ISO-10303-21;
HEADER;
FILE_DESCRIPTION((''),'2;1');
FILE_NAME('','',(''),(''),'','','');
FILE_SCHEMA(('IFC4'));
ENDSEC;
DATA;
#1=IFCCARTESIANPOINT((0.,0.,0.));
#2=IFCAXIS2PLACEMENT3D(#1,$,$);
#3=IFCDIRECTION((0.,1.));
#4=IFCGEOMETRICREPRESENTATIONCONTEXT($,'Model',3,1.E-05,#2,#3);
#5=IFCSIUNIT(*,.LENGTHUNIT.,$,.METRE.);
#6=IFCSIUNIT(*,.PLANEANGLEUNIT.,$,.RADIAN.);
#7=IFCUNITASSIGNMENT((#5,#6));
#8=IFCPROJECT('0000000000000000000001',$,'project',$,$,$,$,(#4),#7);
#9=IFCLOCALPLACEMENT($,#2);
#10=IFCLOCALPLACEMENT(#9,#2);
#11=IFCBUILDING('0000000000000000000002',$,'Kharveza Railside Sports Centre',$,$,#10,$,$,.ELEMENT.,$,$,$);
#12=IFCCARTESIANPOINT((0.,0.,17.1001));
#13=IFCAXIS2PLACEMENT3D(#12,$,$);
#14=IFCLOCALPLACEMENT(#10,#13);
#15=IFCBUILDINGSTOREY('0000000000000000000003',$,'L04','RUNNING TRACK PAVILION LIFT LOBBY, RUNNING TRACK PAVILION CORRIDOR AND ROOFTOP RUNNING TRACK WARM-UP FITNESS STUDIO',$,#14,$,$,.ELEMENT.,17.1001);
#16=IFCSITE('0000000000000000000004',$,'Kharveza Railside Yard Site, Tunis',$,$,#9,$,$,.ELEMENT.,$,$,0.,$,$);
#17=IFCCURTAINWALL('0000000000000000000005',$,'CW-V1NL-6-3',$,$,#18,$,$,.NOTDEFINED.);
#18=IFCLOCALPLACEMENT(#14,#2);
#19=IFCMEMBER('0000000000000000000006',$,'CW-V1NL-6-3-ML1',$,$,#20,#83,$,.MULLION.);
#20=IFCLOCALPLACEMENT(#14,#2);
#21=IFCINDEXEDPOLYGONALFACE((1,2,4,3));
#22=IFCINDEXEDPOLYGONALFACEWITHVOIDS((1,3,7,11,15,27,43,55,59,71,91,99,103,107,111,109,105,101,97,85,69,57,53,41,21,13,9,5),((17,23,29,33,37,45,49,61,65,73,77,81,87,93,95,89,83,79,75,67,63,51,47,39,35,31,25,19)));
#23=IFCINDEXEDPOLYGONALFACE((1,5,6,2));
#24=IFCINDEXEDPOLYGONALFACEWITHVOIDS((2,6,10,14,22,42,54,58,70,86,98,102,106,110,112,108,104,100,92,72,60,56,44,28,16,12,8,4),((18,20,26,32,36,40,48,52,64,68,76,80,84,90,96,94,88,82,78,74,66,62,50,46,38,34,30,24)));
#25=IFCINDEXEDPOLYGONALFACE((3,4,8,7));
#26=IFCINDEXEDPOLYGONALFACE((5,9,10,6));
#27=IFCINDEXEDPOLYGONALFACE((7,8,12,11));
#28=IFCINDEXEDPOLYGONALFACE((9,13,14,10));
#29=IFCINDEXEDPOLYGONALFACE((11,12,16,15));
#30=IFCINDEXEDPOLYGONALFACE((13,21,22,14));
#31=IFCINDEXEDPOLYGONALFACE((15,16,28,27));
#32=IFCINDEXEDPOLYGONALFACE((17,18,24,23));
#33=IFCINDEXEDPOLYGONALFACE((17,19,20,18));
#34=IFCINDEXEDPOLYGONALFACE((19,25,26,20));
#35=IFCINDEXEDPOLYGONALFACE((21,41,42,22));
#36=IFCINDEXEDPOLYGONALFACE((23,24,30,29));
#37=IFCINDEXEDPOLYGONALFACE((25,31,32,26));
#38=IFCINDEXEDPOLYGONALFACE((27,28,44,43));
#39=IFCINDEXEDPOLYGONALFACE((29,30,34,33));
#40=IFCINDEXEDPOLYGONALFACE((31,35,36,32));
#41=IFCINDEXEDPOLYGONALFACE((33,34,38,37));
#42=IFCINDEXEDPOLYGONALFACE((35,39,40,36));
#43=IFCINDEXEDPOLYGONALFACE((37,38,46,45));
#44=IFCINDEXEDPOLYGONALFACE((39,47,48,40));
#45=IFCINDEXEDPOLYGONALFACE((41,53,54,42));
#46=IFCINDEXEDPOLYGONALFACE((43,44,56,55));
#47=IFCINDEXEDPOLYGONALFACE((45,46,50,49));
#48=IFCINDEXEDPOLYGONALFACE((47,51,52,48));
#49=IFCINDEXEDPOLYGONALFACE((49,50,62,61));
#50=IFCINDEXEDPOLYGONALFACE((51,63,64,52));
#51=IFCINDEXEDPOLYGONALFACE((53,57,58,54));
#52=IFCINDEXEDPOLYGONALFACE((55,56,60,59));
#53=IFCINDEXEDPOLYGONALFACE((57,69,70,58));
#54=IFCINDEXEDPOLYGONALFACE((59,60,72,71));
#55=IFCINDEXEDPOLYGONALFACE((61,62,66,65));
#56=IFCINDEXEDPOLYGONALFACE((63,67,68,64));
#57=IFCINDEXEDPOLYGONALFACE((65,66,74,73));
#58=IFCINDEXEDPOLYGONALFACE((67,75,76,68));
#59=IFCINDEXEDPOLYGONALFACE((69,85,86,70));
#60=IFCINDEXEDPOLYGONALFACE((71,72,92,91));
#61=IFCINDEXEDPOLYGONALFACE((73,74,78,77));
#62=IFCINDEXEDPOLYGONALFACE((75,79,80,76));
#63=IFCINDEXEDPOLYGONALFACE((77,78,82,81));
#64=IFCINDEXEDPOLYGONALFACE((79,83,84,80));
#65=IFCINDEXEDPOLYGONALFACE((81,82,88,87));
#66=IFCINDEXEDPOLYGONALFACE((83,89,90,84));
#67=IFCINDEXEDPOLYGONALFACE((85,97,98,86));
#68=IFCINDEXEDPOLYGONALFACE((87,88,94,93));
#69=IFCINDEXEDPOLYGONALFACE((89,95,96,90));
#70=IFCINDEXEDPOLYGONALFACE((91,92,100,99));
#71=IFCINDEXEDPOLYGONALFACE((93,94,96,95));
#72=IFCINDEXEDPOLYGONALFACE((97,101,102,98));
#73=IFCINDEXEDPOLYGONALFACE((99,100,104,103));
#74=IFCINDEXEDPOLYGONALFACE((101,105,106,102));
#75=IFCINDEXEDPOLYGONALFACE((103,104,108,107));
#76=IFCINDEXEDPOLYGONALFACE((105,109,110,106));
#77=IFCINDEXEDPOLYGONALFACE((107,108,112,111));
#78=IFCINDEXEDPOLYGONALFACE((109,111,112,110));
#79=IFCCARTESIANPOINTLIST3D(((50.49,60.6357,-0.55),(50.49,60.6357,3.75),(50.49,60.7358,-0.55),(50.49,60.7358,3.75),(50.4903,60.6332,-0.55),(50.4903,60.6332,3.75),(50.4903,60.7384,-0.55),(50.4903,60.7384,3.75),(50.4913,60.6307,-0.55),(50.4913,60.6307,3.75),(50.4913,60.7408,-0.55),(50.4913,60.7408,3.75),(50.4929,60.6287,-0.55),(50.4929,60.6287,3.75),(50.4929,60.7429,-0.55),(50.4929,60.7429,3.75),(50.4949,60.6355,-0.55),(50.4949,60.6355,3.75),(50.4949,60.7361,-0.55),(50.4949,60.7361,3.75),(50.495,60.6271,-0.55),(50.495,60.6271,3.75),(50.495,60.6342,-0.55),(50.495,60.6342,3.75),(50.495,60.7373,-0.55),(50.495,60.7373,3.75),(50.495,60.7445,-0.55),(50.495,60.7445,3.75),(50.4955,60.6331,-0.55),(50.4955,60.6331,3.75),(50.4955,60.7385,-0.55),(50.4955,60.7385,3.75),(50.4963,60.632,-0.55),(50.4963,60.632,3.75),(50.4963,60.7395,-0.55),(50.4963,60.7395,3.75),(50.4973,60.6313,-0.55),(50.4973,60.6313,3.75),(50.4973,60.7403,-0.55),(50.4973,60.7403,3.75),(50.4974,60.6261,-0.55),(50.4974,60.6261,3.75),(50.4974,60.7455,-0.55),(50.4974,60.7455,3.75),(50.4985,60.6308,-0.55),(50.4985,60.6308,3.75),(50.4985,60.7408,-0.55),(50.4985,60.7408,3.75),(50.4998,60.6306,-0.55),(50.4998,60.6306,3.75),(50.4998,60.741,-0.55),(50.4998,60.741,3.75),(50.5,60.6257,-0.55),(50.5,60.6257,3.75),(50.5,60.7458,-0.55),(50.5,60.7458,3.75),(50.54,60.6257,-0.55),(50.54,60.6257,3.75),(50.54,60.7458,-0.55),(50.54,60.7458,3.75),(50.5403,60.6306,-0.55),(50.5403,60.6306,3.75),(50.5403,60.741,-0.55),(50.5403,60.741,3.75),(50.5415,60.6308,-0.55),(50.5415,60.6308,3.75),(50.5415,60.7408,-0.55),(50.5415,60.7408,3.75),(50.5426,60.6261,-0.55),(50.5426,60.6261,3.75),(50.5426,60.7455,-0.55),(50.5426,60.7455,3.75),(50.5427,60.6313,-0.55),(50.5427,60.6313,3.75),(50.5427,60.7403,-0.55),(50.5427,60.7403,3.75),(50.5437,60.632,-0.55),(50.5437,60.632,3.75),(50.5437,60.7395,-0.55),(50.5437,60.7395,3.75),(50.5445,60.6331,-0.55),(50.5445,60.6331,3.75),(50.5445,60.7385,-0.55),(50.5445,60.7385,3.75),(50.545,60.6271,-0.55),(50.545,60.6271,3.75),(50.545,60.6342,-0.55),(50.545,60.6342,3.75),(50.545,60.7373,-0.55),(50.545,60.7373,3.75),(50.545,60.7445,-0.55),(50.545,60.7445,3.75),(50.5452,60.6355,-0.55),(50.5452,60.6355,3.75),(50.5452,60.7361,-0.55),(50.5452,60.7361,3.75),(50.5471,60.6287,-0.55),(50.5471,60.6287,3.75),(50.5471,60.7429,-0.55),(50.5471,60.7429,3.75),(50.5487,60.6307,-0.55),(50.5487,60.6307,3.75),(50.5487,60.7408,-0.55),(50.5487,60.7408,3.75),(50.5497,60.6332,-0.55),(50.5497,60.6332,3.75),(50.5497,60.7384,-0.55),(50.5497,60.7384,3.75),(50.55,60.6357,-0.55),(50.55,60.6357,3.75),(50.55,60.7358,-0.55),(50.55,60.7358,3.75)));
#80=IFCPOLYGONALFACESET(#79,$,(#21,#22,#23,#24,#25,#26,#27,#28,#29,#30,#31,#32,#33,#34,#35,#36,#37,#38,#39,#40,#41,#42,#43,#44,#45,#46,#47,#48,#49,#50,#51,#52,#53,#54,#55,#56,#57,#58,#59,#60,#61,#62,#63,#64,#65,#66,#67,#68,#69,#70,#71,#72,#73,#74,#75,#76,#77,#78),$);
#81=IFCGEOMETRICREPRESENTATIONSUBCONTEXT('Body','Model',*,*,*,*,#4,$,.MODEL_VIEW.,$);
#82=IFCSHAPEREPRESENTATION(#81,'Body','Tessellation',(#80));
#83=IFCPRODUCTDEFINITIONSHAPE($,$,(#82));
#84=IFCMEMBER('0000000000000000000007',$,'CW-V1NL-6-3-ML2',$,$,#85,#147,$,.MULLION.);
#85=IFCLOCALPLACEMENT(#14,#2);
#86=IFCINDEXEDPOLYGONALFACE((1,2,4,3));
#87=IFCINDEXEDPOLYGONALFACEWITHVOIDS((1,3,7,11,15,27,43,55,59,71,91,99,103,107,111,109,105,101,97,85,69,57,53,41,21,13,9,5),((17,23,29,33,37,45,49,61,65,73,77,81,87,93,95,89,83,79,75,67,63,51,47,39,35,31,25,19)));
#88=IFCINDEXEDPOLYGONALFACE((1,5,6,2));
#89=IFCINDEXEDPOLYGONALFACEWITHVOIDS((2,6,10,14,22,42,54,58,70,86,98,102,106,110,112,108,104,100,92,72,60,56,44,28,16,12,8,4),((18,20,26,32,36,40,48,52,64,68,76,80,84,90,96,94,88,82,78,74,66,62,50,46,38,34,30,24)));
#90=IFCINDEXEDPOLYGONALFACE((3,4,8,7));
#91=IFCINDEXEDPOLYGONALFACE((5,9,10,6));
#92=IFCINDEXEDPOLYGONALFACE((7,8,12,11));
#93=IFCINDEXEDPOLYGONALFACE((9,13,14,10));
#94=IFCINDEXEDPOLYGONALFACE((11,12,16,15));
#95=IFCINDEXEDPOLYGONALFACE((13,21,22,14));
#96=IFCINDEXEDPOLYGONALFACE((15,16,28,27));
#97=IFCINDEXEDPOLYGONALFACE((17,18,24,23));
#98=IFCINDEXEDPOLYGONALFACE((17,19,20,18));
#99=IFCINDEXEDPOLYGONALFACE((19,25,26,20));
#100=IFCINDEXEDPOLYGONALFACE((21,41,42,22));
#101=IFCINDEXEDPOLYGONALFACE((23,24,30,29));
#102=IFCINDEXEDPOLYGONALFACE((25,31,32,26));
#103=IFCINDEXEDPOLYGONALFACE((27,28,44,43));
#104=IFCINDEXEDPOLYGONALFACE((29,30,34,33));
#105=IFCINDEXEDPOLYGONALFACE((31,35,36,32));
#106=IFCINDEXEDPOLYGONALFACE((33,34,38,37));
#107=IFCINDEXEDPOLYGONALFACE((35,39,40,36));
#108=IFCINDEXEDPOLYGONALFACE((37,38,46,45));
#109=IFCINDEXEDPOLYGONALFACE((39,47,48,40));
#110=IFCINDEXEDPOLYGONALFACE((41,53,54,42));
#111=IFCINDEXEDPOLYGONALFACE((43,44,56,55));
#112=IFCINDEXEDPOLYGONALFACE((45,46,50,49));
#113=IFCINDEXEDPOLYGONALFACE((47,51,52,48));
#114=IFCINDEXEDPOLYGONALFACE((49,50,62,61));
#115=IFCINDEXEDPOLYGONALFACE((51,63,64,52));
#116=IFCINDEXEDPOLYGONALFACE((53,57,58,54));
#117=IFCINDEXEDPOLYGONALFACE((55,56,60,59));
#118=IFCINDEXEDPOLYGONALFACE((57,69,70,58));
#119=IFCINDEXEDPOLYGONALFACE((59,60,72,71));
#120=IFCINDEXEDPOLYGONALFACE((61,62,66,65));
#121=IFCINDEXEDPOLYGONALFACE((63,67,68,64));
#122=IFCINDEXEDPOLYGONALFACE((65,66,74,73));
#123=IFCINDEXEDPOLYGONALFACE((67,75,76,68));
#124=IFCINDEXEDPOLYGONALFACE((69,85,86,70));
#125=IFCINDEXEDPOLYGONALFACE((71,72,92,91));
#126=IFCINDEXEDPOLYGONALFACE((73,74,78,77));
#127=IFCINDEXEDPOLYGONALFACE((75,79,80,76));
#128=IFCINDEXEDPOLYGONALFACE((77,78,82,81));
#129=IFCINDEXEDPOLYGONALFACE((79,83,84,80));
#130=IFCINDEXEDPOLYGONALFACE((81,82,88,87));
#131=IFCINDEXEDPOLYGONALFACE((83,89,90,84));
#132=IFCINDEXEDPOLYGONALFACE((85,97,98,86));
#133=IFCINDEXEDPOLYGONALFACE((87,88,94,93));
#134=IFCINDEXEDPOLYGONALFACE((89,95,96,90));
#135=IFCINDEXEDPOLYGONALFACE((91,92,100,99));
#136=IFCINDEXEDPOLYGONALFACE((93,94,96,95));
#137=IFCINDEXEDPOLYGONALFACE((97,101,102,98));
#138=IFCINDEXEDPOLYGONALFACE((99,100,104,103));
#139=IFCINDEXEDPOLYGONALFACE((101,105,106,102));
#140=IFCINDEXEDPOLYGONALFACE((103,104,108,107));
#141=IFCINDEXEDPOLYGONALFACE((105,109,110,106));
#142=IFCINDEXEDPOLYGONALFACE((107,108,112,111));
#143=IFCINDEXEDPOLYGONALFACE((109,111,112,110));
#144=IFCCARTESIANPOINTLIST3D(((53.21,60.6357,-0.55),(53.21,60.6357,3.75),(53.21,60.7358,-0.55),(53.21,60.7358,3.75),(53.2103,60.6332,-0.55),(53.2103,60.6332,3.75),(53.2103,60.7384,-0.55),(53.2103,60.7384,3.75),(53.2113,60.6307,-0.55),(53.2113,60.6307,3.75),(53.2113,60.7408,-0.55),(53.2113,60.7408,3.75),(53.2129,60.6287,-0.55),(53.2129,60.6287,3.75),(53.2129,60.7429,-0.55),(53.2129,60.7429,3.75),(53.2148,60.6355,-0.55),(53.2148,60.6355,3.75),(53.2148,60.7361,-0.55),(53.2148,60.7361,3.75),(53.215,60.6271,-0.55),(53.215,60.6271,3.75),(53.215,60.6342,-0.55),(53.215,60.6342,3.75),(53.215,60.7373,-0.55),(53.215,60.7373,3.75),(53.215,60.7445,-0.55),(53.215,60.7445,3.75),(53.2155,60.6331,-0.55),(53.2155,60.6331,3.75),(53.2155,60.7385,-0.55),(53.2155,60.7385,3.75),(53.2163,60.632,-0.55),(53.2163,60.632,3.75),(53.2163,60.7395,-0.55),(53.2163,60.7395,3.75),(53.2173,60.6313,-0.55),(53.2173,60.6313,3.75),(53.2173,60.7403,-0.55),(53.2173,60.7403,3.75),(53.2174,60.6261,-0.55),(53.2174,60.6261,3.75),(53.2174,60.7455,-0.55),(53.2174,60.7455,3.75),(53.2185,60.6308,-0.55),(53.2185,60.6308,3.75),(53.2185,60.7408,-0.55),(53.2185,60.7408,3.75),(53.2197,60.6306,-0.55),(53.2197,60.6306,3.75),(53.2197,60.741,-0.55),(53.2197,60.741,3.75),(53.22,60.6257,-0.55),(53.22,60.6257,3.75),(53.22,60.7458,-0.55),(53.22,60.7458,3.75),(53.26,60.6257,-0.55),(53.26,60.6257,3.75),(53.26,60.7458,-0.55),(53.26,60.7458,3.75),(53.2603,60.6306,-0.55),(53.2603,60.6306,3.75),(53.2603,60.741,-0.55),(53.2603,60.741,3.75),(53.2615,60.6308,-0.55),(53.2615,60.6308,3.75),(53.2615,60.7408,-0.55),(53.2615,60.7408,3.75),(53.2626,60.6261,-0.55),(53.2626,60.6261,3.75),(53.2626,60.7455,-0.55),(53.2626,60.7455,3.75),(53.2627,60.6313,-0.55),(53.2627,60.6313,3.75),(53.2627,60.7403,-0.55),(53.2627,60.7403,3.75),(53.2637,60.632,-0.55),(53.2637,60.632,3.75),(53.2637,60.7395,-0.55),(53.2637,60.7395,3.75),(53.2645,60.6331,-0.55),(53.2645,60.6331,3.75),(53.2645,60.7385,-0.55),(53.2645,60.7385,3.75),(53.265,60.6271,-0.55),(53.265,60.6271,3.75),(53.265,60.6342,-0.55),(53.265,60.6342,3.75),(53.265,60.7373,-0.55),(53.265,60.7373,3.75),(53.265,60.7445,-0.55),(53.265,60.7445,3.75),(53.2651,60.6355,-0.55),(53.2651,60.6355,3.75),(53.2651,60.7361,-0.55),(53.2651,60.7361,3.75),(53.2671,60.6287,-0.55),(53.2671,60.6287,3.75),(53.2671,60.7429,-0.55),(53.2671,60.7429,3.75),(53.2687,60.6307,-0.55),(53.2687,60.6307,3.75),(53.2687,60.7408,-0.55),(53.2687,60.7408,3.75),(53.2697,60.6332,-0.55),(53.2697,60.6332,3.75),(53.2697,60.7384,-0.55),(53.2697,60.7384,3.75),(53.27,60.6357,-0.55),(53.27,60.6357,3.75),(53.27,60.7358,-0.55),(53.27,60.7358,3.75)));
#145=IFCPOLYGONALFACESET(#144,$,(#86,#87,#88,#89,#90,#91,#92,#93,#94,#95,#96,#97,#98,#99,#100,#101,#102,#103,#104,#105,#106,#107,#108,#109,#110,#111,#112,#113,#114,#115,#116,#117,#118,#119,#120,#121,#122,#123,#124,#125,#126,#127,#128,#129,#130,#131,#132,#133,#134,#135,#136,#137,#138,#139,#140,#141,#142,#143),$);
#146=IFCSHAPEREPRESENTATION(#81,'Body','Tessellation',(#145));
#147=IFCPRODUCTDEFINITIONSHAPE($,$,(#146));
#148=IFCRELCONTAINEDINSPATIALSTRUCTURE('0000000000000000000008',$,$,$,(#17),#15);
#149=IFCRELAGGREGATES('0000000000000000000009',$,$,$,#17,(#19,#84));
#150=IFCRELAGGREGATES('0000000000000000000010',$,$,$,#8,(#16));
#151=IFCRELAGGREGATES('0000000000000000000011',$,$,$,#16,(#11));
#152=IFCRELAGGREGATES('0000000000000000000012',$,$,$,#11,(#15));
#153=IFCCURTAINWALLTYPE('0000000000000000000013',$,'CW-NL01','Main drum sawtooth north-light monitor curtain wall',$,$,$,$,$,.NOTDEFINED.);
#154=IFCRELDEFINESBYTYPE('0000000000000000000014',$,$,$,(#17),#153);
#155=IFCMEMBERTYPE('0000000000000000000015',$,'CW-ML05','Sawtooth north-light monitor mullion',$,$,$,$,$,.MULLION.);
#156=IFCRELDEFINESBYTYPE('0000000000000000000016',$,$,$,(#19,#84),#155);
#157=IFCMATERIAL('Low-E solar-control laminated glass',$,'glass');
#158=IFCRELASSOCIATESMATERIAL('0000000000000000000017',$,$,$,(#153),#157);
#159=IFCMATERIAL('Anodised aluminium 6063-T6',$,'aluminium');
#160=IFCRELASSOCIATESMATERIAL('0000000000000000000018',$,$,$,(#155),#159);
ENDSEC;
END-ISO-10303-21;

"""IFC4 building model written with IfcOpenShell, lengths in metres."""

from ifc_helpers import new_model, si_unit, direction, frame, origin, origin_2d, place, context, subcontext, project, spatial, hollow_rectangle, extrude, material, material_profile, profile_set, type_object, element, aggregate, save


model = new_model("IFC4")

# Units and contexts
model_context = context("Model", 3, precision=1e-05, world=origin(), true_north=direction((0.0, 1.0)))
body_context = subcontext(model_context, "Body", "Model", "MODEL_VIEW")
ifc_project = project(units=[si_unit("LENGTHUNIT", "METRE"), si_unit("PLANEANGLEUNIT", "RADIAN")], contexts=[model_context])

# Site, building, storey
site_placement = place(None, origin())
site = spatial("IfcSite", under=ifc_project, at=site_placement, Name="Kharveza Railside Yard Site, Tunis", CompositionType="ELEMENT", RefElevation=0.0)
building_placement = place(site_placement, origin())
building = spatial("IfcBuilding", under=site, at=building_placement, Name="Kharveza Railside Sports Centre", CompositionType="ELEMENT")
storey_placement = place(building_placement, frame((0.0, 0.0, 17.1001)))
storey = spatial("IfcBuildingStorey", under=building, at=storey_placement, Name="L04", Description="RUNNING TRACK PAVILION LIFT LOBBY, RUNNING TRACK PAVILION CORRIDOR AND ROOFTOP RUNNING TRACK WARM-UP FITNESS STUDIO", CompositionType="ELEMENT", Elevation=17.1001)

# Shared definitions
ifc_material_1 = material(Name="Low-E solar-control laminated glass", Category="glass")
curtain_wall_type = type_object("IfcCurtainWallType", Name="CW-NL01", Description="Main drum sawtooth north-light monitor curtain wall", PredefinedType="NOTDEFINED", material=ifc_material_1)
ifc_material_2 = material(Name="Anodised aluminium 6063-T6", Category="aluminium")
ifc_material_profile_1 = material_profile(ifc_material_2, hollow_rectangle(XDim=0.0601, YDim=0.1201, WallThickness=0.0049, InnerFilletRadius=0.0049, OuterFilletRadius=0.01, at=origin_2d()), Name="RHS 60x120x5.0")
ifc_profile_set_1 = profile_set([ifc_material_profile_1], Name="Anodised aluminium 6063-T6")
member_type_1 = type_object("IfcMemberType", Name="CW-ML05", Description="Sawtooth north-light monitor mullion", PredefinedType="MULLION", material=ifc_profile_set_1)

# Curtain wall, members
curtain_wall_1_placement = place(storey_placement, origin())
curtain_wall_1 = element("IfcCurtainWall", 1, at=curtain_wall_1_placement, inside=storey, type_object=curtain_wall_type, Name="CW-V1NL-6-3", PredefinedType="NOTDEFINED")
member_1_placement = place(storey_placement, frame((50.52, 60.6858, -0.55), z_axis=(0.0, 0.0, 1.0), x_axis=(1.0, 0.0, 0.0)))
member_1 = element("IfcMember", 2, at=member_1_placement, type_object=member_type_1, Name="CW-V1NL-6-3-ML1", PredefinedType="MULLION", context=body_context, shape_type="SweptSolid", body=[
    extrude(hollow_rectangle(XDim=0.0601, YDim=0.1201, WallThickness=0.0049, InnerFilletRadius=0.0049, OuterFilletRadius=0.01, at=origin_2d()), origin(), (0.0, 0.0, 1.0), 4.3),
])
member_2_placement = place(storey_placement, frame((53.24, 60.6858, -0.55), z_axis=(0.0, 0.0, 1.0), x_axis=(1.0, 0.0, 0.0)))
member_2 = element("IfcMember", 3, at=member_2_placement, type_object=member_type_1, Name="CW-V1NL-6-3-ML2", PredefinedType="MULLION", context=body_context, shape_type="SweptSolid", body=[
    extrude(hollow_rectangle(XDim=0.0601, YDim=0.1201, WallThickness=0.0049, InnerFilletRadius=0.0049, OuterFilletRadius=0.01, at=origin_2d()), origin(), (0.0, 0.0, 1.0), 4.3),
])

aggregate(curtain_wall_1, [member_1, member_2])

save(model, "model.ifc")
